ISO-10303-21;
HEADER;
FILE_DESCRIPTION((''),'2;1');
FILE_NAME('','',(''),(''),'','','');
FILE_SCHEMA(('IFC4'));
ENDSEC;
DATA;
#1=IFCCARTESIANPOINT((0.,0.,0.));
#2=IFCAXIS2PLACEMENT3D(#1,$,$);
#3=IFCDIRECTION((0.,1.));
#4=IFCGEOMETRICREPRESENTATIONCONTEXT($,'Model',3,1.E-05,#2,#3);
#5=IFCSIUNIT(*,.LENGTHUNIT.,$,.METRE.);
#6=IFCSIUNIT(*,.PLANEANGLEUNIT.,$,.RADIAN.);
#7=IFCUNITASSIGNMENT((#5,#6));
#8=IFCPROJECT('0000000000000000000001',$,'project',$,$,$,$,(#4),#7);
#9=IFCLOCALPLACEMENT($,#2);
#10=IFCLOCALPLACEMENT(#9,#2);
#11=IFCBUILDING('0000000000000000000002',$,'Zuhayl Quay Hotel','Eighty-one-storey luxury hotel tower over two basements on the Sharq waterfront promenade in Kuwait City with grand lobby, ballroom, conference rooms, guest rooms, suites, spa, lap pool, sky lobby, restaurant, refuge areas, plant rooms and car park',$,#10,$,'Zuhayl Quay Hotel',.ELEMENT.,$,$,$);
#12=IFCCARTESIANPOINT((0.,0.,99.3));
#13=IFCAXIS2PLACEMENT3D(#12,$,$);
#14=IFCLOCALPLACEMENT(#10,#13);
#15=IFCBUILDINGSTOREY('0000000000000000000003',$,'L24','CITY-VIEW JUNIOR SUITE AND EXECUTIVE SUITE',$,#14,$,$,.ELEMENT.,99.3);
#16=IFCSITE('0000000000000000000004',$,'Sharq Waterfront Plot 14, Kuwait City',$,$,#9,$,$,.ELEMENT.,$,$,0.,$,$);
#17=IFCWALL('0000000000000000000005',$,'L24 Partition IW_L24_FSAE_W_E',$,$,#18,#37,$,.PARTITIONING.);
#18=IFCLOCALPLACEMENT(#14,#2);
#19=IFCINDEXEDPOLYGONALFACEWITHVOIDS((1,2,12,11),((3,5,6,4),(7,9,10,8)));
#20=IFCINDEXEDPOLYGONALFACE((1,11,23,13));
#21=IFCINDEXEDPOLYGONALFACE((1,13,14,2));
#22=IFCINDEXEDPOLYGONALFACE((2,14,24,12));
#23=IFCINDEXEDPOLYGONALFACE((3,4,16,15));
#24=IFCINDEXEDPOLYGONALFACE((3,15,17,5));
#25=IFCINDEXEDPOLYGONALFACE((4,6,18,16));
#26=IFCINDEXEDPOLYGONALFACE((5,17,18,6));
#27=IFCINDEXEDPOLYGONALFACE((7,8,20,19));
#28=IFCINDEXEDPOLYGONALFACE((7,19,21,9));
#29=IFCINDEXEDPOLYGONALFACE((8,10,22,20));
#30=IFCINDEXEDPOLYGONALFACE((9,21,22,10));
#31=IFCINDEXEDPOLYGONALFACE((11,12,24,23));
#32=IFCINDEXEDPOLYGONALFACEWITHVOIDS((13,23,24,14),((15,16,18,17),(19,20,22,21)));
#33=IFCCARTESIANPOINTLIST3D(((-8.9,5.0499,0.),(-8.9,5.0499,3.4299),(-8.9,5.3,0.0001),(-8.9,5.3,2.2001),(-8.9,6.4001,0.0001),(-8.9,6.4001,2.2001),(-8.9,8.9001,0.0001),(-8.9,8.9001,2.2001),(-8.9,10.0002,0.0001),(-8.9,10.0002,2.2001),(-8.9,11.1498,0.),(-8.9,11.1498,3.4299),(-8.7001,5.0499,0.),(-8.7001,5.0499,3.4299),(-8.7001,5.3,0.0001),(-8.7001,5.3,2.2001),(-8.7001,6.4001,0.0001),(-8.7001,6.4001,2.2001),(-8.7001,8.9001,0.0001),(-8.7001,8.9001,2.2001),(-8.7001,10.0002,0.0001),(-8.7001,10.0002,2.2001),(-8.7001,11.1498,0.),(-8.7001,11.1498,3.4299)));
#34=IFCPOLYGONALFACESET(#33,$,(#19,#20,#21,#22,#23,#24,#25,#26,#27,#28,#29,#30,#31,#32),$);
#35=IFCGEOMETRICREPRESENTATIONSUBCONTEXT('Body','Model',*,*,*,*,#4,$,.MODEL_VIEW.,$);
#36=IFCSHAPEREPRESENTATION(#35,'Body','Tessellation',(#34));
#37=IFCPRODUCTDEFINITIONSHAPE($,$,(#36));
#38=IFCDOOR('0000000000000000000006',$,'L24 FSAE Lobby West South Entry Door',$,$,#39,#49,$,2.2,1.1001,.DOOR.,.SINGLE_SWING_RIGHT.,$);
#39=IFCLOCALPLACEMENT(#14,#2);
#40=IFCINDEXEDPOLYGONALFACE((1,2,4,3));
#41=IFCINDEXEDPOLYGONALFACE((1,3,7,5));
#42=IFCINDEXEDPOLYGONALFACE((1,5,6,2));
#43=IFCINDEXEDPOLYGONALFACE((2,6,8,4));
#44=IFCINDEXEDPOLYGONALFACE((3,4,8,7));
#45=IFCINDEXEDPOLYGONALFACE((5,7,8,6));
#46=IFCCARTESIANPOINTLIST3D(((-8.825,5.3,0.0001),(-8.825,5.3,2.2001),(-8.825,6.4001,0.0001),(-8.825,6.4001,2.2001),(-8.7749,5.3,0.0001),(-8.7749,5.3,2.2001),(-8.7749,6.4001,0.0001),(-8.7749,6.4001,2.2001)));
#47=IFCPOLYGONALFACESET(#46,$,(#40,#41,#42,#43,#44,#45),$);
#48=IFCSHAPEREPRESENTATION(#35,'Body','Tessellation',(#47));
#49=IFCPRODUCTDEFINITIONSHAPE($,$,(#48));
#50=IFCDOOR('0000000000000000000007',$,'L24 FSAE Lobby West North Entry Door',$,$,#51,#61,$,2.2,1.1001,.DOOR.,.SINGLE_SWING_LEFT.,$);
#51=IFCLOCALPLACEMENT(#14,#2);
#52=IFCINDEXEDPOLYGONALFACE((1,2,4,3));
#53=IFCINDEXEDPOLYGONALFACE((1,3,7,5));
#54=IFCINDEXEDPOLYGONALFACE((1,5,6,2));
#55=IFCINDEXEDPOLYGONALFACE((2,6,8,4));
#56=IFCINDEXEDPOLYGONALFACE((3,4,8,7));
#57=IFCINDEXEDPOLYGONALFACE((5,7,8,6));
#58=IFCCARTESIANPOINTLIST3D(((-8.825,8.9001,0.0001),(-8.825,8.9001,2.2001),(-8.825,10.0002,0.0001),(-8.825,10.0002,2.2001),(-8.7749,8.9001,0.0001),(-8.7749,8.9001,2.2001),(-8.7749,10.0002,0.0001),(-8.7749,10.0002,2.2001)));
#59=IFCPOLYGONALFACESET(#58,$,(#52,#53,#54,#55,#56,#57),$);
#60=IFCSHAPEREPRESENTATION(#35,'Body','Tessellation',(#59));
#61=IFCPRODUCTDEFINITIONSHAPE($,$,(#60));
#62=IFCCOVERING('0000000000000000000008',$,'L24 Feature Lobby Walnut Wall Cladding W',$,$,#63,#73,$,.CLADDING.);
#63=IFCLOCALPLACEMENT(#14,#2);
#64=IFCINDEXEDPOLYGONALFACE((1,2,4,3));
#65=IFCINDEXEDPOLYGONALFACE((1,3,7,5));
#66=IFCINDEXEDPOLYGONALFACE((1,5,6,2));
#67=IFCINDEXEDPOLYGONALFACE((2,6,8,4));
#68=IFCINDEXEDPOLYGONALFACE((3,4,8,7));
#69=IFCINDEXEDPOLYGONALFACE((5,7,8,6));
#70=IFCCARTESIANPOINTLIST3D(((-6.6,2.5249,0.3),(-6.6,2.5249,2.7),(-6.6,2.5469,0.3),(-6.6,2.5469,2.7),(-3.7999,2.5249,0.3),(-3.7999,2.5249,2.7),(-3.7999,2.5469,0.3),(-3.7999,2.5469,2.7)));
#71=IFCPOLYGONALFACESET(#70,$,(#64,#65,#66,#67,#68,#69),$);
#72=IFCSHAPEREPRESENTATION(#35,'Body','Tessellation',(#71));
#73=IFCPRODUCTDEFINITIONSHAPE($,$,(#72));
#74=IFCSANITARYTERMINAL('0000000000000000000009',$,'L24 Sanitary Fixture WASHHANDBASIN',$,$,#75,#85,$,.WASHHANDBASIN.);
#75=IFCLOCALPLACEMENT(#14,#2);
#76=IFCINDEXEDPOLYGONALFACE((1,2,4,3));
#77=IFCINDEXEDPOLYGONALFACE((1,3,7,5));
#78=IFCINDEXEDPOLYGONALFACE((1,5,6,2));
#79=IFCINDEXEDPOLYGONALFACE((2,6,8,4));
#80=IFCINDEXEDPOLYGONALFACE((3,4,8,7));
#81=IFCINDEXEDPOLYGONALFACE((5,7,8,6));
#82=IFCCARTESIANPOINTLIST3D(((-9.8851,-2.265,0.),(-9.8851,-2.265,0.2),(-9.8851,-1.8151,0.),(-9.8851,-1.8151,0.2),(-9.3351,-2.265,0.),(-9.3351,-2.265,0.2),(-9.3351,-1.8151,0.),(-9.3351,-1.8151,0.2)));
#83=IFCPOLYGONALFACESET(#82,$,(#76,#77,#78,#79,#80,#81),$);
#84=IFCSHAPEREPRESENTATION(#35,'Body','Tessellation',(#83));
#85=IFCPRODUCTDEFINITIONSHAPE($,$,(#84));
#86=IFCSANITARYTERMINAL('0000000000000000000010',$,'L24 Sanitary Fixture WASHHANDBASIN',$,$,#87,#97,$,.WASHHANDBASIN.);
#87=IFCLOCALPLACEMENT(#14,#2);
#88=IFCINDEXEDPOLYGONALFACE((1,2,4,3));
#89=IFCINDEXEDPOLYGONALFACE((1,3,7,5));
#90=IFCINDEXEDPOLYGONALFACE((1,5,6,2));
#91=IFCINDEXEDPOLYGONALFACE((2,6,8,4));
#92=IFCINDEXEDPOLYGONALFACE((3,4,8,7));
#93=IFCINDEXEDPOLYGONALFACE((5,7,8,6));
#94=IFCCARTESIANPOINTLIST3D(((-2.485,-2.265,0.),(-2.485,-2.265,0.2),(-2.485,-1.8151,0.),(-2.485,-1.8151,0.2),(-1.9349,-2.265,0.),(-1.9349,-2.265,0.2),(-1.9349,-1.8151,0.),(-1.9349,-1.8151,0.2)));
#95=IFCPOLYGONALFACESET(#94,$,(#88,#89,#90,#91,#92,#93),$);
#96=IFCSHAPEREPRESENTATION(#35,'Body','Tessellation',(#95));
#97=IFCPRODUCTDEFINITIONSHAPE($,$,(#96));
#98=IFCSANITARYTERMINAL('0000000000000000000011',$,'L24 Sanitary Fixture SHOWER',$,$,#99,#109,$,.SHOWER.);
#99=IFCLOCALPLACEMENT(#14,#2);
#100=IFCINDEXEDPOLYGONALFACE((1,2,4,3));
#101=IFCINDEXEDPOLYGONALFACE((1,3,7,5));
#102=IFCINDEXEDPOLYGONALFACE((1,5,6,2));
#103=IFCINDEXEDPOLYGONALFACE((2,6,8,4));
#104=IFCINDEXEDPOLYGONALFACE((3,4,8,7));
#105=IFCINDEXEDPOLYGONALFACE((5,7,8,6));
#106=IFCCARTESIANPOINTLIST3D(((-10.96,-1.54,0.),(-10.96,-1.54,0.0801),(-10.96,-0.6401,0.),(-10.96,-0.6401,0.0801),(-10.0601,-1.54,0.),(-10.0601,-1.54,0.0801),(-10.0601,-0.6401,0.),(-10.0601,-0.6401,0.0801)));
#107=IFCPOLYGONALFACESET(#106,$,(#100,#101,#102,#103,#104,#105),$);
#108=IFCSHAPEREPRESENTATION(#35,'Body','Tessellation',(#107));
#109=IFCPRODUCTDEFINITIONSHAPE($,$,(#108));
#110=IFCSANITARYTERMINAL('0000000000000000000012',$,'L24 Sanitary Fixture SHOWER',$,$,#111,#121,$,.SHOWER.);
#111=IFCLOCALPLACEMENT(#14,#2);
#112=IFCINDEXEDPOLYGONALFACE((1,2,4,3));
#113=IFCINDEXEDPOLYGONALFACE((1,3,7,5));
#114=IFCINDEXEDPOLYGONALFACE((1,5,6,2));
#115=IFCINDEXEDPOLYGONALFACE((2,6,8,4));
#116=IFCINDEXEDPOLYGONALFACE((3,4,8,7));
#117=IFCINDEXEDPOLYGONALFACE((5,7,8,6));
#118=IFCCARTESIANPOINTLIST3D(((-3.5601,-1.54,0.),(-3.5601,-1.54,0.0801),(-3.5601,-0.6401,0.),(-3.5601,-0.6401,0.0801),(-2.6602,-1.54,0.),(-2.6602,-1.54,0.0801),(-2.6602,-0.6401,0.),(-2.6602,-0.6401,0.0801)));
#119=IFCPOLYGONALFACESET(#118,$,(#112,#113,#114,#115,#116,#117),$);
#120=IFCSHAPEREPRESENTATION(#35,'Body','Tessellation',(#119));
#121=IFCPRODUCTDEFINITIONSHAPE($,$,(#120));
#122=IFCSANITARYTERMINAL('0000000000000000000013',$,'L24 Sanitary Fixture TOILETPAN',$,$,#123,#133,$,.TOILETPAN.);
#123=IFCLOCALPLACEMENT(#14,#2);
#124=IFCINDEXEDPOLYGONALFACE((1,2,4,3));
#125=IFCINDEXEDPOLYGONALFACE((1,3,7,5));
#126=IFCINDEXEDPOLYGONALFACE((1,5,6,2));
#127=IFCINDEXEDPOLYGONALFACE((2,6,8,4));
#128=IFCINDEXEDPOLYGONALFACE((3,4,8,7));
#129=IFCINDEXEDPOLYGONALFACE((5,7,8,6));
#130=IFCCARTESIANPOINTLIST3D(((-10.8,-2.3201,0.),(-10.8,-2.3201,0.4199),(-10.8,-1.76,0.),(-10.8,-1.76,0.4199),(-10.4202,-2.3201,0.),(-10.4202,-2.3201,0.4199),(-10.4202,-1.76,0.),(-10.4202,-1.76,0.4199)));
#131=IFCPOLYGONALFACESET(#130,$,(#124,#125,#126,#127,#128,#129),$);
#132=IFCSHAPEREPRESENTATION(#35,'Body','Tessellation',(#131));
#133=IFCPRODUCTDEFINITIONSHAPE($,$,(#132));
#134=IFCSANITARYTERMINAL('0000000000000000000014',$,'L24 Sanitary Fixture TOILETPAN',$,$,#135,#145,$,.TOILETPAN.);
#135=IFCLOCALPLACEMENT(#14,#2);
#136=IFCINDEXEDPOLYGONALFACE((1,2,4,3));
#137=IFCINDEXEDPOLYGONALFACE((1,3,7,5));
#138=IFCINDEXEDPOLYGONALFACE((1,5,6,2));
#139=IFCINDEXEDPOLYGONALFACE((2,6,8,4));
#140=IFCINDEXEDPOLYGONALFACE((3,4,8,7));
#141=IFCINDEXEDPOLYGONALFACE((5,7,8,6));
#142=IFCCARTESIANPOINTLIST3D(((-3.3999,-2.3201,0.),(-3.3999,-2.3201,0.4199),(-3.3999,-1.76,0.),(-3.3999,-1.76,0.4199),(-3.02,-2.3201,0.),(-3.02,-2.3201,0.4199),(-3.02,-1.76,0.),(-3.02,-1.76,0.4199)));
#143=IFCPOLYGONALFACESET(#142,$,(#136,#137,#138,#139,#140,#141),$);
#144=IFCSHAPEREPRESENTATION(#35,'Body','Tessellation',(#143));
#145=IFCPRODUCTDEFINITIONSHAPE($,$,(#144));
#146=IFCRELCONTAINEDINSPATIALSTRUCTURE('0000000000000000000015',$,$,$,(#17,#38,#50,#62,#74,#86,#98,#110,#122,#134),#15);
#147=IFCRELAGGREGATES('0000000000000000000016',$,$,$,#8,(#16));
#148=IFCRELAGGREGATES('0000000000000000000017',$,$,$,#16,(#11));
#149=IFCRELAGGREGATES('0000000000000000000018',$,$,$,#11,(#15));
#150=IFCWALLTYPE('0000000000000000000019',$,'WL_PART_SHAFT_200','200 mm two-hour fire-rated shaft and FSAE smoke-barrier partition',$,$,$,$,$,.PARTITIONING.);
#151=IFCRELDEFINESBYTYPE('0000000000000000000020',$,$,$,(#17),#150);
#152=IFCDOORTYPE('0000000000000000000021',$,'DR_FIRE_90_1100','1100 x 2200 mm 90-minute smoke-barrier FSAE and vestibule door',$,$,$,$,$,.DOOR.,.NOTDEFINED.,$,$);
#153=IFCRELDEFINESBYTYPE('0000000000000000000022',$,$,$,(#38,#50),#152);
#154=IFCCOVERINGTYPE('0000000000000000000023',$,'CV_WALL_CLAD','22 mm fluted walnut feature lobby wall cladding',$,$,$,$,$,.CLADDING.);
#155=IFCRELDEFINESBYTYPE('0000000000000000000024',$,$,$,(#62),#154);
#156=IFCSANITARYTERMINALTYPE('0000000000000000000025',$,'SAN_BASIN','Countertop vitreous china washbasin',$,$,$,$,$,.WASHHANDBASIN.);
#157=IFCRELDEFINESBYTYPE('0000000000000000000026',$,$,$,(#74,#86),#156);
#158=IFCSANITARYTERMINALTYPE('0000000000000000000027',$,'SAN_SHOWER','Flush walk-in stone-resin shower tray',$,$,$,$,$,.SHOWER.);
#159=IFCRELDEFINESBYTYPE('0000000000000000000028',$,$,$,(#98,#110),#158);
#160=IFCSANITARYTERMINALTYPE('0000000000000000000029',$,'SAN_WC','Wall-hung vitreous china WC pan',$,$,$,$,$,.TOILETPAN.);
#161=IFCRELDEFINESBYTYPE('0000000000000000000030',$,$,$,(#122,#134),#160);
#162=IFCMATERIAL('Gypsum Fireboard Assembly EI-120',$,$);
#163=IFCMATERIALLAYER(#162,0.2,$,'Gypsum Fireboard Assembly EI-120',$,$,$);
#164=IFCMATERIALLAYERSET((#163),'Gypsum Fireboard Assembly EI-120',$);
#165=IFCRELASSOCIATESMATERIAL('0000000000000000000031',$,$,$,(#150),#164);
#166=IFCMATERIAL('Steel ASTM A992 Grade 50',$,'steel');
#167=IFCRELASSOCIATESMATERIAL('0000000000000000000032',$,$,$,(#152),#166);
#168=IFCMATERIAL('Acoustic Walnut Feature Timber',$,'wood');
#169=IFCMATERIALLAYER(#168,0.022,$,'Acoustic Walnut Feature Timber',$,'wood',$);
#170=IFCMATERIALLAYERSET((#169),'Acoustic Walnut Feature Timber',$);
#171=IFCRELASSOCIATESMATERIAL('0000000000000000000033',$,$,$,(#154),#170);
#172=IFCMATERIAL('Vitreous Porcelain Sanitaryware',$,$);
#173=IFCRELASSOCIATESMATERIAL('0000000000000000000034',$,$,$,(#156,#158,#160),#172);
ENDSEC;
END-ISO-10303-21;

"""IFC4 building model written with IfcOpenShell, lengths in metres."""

from ifc_helpers import new_model, si_unit, direction, frame, frame_2d, origin, origin_2d, place, context, subcontext, project, spatial, rectangle, extrude, material, layer, layer_set, type_object, element, fill, save


model = new_model("IFC4")

# Units and contexts
model_context = context("Model", 3, precision=1e-05, world=origin(), true_north=direction((0.0, 1.0)))
body_context = subcontext(model_context, "Body", "Model", "MODEL_VIEW")
ifc_project = project(units=[si_unit("LENGTHUNIT", "METRE"), si_unit("PLANEANGLEUNIT", "RADIAN")], contexts=[model_context])

# Site, building, storey
site_placement = place(None, origin())
site = spatial("IfcSite", under=ifc_project, at=site_placement, Name="Sharq Waterfront Plot 14, Kuwait City", CompositionType="ELEMENT", RefElevation=0.0)
building_placement = place(site_placement, origin())
building = spatial("IfcBuilding", under=site, at=building_placement, Name="Zuhayl Quay Hotel", Description="Eighty-one-storey luxury hotel tower over two basements on the Sharq waterfront promenade in Kuwait City with grand lobby, ballroom, conference rooms, guest rooms, suites, spa, lap pool, sky lobby, restaurant, refuge areas, plant rooms and car park", LongName="Zuhayl Quay Hotel", CompositionType="ELEMENT")
storey_placement = place(building_placement, frame((0.0, 0.0, 99.3)))
storey = spatial("IfcBuildingStorey", under=building, at=storey_placement, Name="L24", Description="CITY-VIEW JUNIOR SUITE AND EXECUTIVE SUITE", CompositionType="ELEMENT", Elevation=99.3)

# Shared definitions
ifc_material_1 = material(Name="Steel ASTM A992 Grade 50", Category="steel")

# Wall, openings, doors
ifc_material_2 = material(Name="Gypsum Fireboard Assembly EI-120")
ifc_layer_1 = layer(ifc_material_2, 0.2, Name="Gypsum Fireboard Assembly EI-120")
ifc_layer_set_1 = layer_set([ifc_layer_1], Name="Gypsum Fireboard Assembly EI-120")
wall_type_1 = type_object("IfcWallType", Name="WL_PART_SHAFT_200", Description="200 mm two-hour fire-rated shaft and FSAE smoke-barrier partition", PredefinedType="PARTITIONING", material=ifc_layer_set_1)
wall_1_placement = place(storey_placement, frame((-8.8, 5.05, 0.0), z_axis=(0.0, 0.0, 1.0), x_axis=(0.0, 1.0, 0.0)))
wall_1 = element("IfcWall", 1, at=wall_1_placement, inside=storey, type_object=wall_type_1, Name="L24 Partition IW_L24_FSAE_W_E", PredefinedType="PARTITIONING", context=body_context, shape_type="SweptSolid", body=[
    extrude(rectangle(XDim=6.0999, YDim=0.2, at=frame_2d((3.0498, 0.0))), origin(), (0.0, 0.0, 1.0), 3.4299),
])
opening_1_placement = place(wall_1_placement, frame((0.25, 0.0, 0.0)))
opening_1 = element("IfcOpeningElement", 2, at=opening_1_placement, cuts=wall_1, PredefinedType="OPENING", context=body_context, shape_type="SweptSolid", body=[
    extrude(rectangle(XDim=1.1001, YDim=2.2, at=frame_2d((0.55, 1.1001))), frame((0.0, 0.1099, 0.0), z_axis=(0.0, -1.0, 0.0), x_axis=(1.0, 0.0, 0.0)), (0.0, 0.0, 1.0), 0.22),
])
opening_2_placement = place(wall_1_placement, frame((3.8501, 0.0, 0.0)))
opening_2 = element("IfcOpeningElement", 3, at=opening_2_placement, cuts=wall_1, PredefinedType="OPENING", context=body_context, shape_type="SweptSolid", body=[
    extrude(rectangle(XDim=1.1001, YDim=2.2, at=frame_2d((0.55, 1.1001))), frame((0.0, 0.1099, 0.0), z_axis=(0.0, -1.0, 0.0), x_axis=(1.0, 0.0, 0.0)), (0.0, 0.0, 1.0), 0.22),
])
door_type_1 = type_object("IfcDoorType", Name="DR_FIRE_90_1100", Description="1100 x 2200 mm 90-minute smoke-barrier FSAE and vestibule door", OperationType="NOTDEFINED", PredefinedType="DOOR", material=ifc_material_1)
door_1_placement = place(opening_1_placement, origin())
door_1 = element("IfcDoor", 4, at=door_1_placement, inside=storey, type_object=door_type_1, Name="L24 FSAE Lobby West South Entry Door", OperationType="SINGLE_SWING_RIGHT", OverallHeight=2.2, OverallWidth=1.1001, PredefinedType="DOOR", context=body_context, shape_type="SweptSolid", body=[
    extrude(rectangle(XDim=1.1001, YDim=2.2, at=frame_2d((0.55, 1.1001))), frame((0.0, 0.0249, 0.0), z_axis=(0.0, -1.0, 0.0), x_axis=(1.0, 0.0, 0.0)), (0.0, 0.0, 1.0), 0.05),
])
fill(opening_1, door_1)
door_2_placement = place(opening_2_placement, origin())
door_2 = element("IfcDoor", 5, at=door_2_placement, inside=storey, type_object=door_type_1, Name="L24 FSAE Lobby West North Entry Door", OperationType="SINGLE_SWING_LEFT", OverallHeight=2.2, OverallWidth=1.1001, PredefinedType="DOOR", context=body_context, shape_type="SweptSolid", body=[
    extrude(rectangle(XDim=1.1001, YDim=2.2, at=frame_2d((0.55, 1.1001))), frame((0.0, 0.0249, 0.0), z_axis=(0.0, -1.0, 0.0), x_axis=(1.0, 0.0, 0.0)), (0.0, 0.0, 1.0), 0.05),
])
fill(opening_2, door_2)

# Covering
ifc_material_3 = material(Name="Acoustic Walnut Feature Timber", Category="wood")
ifc_layer_2 = layer(ifc_material_3, 0.022, Name="Acoustic Walnut Feature Timber", Category="wood")
ifc_layer_set_2 = layer_set([ifc_layer_2], Name="Acoustic Walnut Feature Timber")
covering_type = type_object("IfcCoveringType", Name="CV_WALL_CLAD", Description="22 mm fluted walnut feature lobby wall cladding", PredefinedType="CLADDING", material=ifc_layer_set_2)
covering_placement = place(storey_placement, frame((-5.2, 2.5359, 0.3), z_axis=(0.0, 0.0, 1.0), x_axis=(1.0, 0.0, 0.0)))
element("IfcCovering", 6, at=covering_placement, inside=storey, type_object=covering_type, Name="L24 Feature Lobby Walnut Wall Cladding W", PredefinedType="CLADDING", context=body_context, shape_type="SweptSolid", body=[
    extrude(rectangle(XDim=2.8, YDim=0.022, at=origin_2d()), origin(), (0.0, 0.0, 1.0), 2.3999),
])

# Sanitary terminals
ifc_material_4 = material(Name="Vitreous Porcelain Sanitaryware")
sanitary_terminal_type_1 = type_object("IfcSanitaryTerminalType", Name="SAN_BASIN", Description="Countertop vitreous china washbasin", PredefinedType="WASHHANDBASIN", material=ifc_material_4)
for number, where, z_axis, x_axis, name in (
    (7, (-9.6101, -2.04, 0.0), (0.0, 0.0, 1.0), (1.0, 0.0, 0.0), "L24 Sanitary Fixture WASHHANDBASIN"),
    (8, (-2.21, -2.04, 0.0), (0.0, 0.0, 1.0), (1.0, 0.0, 0.0), "L24 Sanitary Fixture WASHHANDBASIN"),
):
    element("IfcSanitaryTerminal", number, at=place(storey_placement, frame(where, z_axis=z_axis, x_axis=x_axis)), inside=storey, type_object=sanitary_terminal_type_1, Name=name, PredefinedType="WASHHANDBASIN", context=body_context, shape_type="SweptSolid", body=[
        extrude(rectangle(XDim=0.55, YDim=0.45, at=origin_2d()), origin(), (0.0, 0.0, 1.0), 0.2),
    ])
sanitary_terminal_type_2 = type_object("IfcSanitaryTerminalType", Name="SAN_SHOWER", Description="Flush walk-in stone-resin shower tray", PredefinedType="SHOWER", material=ifc_material_4)
for number, where, z_axis, x_axis, name in (
    (9, (-10.51, -1.0901, 0.0), (0.0, 0.0, 1.0), (1.0, 0.0, 0.0), "L24 Sanitary Fixture SHOWER"),
    (10, (-3.1101, -1.0901, 0.0), (0.0, 0.0, 1.0), (1.0, 0.0, 0.0), "L24 Sanitary Fixture SHOWER"),
):
    element("IfcSanitaryTerminal", number, at=place(storey_placement, frame(where, z_axis=z_axis, x_axis=x_axis)), inside=storey, type_object=sanitary_terminal_type_2, Name=name, PredefinedType="SHOWER", context=body_context, shape_type="SweptSolid", body=[
        extrude(rectangle(XDim=0.8999, YDim=0.8999, at=origin_2d()), origin(), (0.0, 0.0, 1.0), 0.0801),
    ])
sanitary_terminal_type_3 = type_object("IfcSanitaryTerminalType", Name="SAN_WC", Description="Wall-hung vitreous china WC pan", PredefinedType="TOILETPAN", material=ifc_material_4)
for number, where, z_axis, x_axis, name in (
    (11, (-10.6101, -2.04, 0.0), (0.0, 0.0, 1.0), (1.0, 0.0, 0.0), "L24 Sanitary Fixture TOILETPAN"),
    (12, (-3.21, -2.04, 0.0), (0.0, 0.0, 1.0), (1.0, 0.0, 0.0), "L24 Sanitary Fixture TOILETPAN"),
):
    element("IfcSanitaryTerminal", number, at=place(storey_placement, frame(where, z_axis=z_axis, x_axis=x_axis)), inside=storey, type_object=sanitary_terminal_type_3, Name=name, PredefinedType="TOILETPAN", context=body_context, shape_type="SweptSolid", body=[
        extrude(rectangle(XDim=0.3799, YDim=0.5601, at=origin_2d()), origin(), (0.0, 0.0, 1.0), 0.4199),
    ])

save(model, "model.ifc")
